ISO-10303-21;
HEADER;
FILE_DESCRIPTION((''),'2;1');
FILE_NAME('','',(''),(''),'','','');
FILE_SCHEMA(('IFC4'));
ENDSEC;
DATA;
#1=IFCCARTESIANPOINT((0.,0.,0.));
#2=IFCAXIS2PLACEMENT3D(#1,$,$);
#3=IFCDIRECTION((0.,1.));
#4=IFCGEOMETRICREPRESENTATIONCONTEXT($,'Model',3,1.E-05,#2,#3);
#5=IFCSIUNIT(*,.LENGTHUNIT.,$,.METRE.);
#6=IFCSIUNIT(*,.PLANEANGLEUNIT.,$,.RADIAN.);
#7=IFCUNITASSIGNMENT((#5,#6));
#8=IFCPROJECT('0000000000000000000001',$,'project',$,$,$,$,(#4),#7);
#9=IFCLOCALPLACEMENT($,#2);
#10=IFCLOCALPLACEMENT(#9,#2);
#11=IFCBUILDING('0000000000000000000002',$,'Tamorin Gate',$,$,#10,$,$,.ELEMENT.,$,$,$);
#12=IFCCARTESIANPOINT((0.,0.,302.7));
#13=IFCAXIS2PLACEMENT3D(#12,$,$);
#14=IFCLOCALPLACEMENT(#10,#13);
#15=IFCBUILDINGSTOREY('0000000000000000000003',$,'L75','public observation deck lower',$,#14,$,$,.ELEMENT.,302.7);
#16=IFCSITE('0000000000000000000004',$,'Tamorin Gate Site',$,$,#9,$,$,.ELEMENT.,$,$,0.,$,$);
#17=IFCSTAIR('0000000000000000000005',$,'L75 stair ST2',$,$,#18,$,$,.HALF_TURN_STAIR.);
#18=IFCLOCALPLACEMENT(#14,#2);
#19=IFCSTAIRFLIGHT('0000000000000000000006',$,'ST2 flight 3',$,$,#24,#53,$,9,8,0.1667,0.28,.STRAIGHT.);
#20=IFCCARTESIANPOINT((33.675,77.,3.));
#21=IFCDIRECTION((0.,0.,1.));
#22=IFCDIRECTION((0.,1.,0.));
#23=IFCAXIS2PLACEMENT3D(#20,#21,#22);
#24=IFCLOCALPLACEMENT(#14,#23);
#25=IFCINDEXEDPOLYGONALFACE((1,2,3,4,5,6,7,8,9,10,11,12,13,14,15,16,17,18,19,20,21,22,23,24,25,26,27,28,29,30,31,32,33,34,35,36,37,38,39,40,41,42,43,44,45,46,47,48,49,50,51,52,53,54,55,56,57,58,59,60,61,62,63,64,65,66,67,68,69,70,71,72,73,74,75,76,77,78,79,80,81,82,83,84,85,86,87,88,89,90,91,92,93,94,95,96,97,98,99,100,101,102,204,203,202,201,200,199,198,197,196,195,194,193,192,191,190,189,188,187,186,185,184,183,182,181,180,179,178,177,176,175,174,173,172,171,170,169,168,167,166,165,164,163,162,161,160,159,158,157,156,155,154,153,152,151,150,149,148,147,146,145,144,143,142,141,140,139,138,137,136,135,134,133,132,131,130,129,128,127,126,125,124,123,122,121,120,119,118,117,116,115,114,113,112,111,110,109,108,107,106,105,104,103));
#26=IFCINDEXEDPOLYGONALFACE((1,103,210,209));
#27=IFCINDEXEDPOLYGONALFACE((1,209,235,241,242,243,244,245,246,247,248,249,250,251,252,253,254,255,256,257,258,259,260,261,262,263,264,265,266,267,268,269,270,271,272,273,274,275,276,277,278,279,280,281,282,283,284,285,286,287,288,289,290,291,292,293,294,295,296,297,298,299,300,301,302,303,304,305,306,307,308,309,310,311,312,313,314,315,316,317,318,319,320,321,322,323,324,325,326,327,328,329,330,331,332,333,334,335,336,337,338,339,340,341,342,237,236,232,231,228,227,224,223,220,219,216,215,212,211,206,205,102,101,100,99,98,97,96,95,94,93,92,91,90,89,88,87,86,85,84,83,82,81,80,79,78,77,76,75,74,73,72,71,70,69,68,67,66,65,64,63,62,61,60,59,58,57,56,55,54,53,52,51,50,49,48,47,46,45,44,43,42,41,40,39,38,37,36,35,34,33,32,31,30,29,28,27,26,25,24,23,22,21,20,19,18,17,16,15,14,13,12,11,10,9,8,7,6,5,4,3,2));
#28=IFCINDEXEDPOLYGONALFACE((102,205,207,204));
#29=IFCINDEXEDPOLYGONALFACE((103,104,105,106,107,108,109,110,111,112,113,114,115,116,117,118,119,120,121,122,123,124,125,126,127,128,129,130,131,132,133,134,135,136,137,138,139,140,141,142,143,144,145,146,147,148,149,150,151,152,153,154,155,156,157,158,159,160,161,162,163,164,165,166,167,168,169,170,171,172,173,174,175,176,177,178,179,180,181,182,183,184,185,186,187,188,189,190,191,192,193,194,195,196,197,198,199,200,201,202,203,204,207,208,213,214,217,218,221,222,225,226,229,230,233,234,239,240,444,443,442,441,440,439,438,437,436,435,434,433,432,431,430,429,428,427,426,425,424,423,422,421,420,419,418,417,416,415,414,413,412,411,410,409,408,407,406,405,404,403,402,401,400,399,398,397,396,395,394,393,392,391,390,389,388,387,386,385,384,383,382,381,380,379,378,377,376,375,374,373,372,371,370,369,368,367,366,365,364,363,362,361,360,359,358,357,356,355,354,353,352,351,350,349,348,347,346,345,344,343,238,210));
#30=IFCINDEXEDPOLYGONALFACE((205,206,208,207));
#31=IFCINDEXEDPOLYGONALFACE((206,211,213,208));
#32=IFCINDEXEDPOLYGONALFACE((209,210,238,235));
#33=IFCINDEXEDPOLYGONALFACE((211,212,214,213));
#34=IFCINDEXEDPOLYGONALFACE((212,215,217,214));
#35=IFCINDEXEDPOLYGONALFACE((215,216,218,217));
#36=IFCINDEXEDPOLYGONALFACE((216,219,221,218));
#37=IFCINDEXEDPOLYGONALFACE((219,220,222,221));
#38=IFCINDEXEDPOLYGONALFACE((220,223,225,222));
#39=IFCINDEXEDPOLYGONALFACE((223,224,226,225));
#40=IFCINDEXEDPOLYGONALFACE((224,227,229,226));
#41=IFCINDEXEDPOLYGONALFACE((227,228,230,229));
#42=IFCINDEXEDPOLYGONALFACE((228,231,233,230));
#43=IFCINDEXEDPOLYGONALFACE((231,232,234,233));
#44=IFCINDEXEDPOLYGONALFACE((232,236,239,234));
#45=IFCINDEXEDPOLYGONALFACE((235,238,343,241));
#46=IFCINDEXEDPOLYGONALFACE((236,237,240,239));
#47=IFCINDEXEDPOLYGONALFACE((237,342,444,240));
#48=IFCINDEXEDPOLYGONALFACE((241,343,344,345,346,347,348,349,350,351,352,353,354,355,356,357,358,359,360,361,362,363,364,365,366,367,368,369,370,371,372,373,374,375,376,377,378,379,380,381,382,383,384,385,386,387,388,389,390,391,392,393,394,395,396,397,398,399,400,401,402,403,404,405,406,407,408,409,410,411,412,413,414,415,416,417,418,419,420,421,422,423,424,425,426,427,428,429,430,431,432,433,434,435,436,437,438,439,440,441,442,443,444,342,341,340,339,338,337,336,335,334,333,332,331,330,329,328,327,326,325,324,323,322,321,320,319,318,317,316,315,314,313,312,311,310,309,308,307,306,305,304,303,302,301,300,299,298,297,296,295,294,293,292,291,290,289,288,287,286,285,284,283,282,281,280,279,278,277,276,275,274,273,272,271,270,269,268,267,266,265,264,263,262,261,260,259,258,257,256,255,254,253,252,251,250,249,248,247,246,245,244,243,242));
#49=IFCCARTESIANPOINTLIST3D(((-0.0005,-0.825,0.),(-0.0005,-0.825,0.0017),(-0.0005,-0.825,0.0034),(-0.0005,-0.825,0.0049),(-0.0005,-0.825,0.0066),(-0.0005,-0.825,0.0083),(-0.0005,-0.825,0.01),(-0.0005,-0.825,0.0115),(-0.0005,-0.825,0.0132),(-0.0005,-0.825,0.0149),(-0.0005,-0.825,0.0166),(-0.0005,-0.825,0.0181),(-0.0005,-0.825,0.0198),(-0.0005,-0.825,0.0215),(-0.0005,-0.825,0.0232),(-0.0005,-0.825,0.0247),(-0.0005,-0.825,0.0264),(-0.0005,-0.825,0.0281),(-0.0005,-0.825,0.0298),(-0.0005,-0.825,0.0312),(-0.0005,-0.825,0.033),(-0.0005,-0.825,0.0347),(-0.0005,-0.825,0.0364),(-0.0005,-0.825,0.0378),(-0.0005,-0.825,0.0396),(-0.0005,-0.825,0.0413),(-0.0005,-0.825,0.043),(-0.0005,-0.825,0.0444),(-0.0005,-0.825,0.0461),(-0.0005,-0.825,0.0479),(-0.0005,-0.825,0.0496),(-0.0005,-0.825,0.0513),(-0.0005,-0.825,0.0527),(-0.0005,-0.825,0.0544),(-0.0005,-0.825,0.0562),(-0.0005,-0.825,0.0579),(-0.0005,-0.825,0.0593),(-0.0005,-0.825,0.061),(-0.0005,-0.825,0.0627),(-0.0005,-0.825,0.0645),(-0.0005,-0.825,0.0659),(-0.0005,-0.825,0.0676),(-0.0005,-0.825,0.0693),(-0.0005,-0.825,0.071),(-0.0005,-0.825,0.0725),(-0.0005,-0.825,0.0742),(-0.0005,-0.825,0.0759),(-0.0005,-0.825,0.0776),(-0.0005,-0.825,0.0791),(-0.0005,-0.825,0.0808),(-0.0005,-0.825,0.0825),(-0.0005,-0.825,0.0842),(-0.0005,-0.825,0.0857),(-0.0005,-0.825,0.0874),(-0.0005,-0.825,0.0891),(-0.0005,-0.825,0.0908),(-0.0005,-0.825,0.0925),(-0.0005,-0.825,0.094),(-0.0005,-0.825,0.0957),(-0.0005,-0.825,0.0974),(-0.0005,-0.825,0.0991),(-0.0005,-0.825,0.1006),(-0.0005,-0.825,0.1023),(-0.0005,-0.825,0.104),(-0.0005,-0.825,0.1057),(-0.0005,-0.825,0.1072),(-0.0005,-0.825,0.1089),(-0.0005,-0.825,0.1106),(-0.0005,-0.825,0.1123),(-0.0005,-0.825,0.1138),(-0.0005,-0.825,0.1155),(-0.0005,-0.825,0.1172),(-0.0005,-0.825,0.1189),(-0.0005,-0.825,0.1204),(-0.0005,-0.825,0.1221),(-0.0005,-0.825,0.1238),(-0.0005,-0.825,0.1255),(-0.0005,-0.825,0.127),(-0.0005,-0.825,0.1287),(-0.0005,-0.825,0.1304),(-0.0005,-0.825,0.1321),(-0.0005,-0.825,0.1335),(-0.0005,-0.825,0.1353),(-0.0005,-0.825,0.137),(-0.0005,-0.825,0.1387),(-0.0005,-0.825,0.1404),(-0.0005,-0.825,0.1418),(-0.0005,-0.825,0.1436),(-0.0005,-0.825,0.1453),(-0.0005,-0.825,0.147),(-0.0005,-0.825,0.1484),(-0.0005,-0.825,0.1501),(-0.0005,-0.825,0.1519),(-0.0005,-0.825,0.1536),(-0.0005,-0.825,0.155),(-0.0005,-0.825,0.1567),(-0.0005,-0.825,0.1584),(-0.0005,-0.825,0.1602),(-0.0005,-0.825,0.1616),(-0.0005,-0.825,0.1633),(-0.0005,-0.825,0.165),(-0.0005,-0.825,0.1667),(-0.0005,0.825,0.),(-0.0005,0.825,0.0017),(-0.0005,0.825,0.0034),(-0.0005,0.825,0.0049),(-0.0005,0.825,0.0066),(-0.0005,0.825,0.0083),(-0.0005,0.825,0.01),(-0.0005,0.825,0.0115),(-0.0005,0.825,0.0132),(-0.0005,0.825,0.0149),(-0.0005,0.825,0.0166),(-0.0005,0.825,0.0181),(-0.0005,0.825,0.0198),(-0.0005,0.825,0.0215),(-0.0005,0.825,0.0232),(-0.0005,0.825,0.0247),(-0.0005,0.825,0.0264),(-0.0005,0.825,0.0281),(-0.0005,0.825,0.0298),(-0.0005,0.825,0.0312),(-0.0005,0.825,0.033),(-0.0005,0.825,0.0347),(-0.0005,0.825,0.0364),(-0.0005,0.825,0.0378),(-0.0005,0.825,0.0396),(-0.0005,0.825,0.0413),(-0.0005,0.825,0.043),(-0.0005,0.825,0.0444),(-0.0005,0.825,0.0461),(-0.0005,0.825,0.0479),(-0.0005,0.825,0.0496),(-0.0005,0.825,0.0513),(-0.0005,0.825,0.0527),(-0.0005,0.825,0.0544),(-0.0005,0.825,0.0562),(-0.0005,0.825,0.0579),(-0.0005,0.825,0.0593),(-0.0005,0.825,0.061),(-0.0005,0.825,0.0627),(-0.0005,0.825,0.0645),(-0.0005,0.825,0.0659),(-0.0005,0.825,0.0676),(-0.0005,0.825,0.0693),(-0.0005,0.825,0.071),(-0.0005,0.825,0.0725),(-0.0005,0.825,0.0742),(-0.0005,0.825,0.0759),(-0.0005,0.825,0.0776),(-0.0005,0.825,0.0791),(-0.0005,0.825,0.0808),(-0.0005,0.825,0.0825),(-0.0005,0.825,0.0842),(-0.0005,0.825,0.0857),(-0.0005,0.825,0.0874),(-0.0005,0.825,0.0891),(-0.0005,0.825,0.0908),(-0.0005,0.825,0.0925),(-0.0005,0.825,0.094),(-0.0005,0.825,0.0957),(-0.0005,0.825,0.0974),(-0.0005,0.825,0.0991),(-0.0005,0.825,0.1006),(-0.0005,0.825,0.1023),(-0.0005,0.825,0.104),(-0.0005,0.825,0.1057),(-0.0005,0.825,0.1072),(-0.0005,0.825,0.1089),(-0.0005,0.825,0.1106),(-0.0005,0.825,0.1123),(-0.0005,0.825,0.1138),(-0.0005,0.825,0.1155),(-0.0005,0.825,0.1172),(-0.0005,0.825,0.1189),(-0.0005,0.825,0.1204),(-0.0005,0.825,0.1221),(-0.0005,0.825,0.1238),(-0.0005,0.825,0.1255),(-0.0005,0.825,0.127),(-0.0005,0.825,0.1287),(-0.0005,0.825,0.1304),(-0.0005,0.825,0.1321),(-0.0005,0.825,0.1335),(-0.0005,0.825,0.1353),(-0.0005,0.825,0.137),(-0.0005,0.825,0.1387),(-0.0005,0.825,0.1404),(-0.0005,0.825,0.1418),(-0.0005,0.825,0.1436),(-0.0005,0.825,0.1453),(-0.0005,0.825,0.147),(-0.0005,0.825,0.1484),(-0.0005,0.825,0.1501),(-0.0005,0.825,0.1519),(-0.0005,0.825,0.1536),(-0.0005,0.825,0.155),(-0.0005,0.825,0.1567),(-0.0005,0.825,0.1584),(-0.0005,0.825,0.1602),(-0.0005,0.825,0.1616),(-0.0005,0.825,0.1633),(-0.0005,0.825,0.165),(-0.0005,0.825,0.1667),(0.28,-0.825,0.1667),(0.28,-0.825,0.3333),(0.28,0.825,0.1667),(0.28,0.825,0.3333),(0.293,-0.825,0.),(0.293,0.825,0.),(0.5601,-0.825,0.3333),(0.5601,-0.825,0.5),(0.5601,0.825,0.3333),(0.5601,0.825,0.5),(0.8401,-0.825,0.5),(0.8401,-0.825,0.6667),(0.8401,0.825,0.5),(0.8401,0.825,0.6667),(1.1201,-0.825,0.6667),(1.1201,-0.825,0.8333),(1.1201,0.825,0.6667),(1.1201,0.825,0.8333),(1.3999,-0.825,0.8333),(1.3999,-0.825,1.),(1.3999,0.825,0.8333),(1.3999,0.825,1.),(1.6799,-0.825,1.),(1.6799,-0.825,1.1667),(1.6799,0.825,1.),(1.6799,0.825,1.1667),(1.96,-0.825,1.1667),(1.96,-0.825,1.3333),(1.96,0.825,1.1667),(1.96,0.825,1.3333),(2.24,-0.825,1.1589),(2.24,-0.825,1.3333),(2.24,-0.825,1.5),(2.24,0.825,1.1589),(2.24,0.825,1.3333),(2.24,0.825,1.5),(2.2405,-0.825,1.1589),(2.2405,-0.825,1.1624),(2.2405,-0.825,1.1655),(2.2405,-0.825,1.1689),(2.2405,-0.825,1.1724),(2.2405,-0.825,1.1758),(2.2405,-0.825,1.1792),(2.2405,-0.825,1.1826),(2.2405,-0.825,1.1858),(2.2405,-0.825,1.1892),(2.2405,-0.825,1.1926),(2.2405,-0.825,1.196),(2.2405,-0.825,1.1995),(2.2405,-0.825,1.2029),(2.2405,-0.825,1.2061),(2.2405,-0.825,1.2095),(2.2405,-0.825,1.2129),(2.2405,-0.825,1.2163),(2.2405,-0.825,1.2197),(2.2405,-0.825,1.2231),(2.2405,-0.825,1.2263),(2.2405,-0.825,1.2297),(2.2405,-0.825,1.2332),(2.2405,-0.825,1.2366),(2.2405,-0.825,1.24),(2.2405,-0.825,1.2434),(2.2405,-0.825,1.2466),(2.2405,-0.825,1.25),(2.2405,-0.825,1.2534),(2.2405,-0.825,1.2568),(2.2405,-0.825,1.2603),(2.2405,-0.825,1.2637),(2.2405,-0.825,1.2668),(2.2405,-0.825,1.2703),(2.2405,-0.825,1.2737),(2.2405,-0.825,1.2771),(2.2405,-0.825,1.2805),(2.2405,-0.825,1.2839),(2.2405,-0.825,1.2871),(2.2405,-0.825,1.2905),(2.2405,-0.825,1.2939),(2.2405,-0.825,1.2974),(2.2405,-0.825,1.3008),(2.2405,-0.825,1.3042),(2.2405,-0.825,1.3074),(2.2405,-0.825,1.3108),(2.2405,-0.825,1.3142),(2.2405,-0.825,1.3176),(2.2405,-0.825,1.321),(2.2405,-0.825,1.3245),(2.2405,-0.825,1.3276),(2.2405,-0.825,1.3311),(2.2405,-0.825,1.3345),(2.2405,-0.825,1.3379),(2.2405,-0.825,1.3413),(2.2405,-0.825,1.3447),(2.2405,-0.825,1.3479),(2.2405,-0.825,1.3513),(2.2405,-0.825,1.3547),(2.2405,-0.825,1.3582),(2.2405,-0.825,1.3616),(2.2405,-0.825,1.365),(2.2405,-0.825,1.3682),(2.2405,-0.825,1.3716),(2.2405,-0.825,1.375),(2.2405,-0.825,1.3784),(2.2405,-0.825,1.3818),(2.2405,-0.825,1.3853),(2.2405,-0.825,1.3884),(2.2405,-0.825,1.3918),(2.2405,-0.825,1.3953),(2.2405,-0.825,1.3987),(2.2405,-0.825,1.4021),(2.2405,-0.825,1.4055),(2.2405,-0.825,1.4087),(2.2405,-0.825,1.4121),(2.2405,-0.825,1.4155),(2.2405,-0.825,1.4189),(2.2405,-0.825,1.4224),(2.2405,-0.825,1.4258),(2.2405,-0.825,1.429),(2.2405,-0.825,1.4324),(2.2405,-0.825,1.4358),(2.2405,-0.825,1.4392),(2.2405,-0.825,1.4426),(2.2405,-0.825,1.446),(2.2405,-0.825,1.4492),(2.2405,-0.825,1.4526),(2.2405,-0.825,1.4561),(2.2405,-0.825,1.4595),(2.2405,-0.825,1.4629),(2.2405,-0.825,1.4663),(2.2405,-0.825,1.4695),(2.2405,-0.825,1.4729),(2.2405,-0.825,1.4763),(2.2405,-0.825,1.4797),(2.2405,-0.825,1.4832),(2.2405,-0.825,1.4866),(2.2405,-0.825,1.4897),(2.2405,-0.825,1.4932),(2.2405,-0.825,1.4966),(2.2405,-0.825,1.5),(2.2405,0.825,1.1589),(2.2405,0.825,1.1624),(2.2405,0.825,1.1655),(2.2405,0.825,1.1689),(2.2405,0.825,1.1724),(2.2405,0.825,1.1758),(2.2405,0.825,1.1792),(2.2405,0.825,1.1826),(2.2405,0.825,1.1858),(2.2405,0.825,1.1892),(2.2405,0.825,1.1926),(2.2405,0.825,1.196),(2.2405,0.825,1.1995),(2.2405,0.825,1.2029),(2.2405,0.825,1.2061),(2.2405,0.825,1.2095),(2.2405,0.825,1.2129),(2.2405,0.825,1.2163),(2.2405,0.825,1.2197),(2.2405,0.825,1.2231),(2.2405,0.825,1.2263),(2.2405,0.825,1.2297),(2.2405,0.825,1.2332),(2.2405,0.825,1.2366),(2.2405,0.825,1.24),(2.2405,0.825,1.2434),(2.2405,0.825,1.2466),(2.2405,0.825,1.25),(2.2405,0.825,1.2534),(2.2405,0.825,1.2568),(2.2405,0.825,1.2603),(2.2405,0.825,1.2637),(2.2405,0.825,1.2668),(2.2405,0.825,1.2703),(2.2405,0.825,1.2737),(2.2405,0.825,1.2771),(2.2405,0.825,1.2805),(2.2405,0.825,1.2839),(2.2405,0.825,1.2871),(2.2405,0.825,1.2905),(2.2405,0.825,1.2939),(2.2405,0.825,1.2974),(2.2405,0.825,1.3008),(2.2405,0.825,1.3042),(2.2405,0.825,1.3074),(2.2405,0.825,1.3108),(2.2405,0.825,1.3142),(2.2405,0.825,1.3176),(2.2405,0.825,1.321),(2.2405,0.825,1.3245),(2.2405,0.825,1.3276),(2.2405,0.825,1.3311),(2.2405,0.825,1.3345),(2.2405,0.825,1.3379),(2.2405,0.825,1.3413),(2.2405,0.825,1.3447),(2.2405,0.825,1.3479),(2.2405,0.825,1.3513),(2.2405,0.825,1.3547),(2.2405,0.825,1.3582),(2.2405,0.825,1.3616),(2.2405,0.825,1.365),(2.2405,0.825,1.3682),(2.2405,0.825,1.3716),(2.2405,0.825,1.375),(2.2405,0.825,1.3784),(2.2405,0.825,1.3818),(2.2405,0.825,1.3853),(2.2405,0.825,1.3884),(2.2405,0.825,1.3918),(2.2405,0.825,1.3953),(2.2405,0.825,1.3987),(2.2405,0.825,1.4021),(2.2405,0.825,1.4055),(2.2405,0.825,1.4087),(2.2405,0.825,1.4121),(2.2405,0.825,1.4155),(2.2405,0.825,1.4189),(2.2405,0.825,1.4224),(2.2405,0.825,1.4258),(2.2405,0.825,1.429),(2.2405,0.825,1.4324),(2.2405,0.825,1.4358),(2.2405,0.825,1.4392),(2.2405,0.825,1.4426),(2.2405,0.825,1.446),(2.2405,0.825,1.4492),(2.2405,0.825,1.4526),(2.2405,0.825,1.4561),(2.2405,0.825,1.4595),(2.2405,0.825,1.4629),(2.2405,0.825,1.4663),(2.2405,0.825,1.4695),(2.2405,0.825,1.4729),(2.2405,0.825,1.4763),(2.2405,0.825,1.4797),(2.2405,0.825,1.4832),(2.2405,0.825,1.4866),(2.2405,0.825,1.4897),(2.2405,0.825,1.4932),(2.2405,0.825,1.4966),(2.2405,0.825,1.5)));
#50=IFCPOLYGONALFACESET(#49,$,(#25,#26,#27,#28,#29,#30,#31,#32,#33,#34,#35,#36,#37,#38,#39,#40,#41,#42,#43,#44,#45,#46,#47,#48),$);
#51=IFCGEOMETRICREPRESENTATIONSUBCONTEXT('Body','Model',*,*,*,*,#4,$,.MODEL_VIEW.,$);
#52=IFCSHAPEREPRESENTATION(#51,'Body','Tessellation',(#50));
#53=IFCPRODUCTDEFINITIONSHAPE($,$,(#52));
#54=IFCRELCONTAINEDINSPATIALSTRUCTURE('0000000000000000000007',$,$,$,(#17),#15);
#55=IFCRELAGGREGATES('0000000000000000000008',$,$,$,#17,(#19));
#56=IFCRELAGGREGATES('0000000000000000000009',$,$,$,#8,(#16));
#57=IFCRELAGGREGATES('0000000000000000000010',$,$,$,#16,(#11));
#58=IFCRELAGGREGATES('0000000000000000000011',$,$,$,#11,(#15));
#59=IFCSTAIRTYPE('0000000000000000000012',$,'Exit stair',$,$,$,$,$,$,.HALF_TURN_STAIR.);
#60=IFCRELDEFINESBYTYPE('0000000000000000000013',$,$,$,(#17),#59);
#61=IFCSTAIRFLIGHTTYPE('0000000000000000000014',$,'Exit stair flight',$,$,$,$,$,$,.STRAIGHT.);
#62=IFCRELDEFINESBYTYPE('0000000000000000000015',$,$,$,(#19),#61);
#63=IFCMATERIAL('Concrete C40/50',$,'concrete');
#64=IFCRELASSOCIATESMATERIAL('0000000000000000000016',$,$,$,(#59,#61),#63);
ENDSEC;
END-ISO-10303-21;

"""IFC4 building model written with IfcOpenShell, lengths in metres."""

from ifc_helpers import new_model, si_unit, direction, frame, origin, place, context, subcontext, project, spatial, polyline, outline, extrude, material, type_object, element, aggregate, save


model = new_model("IFC4")

# Units and contexts
model_context = context("Model", 3, precision=1e-05, world=origin(), true_north=direction((0.0, 1.0)))
body_context = subcontext(model_context, "Body", "Model", "MODEL_VIEW")
ifc_project = project(units=[si_unit("LENGTHUNIT", "METRE"), si_unit("PLANEANGLEUNIT", "RADIAN")], contexts=[model_context])

# Site, building, storey
site_placement = place(None, origin())
site = spatial("IfcSite", under=ifc_project, at=site_placement, Name="Tamorin Gate Site", CompositionType="ELEMENT", RefElevation=0.0)
building_placement = place(site_placement, origin())
building = spatial("IfcBuilding", under=site, at=building_placement, Name="Tamorin Gate", CompositionType="ELEMENT")
storey_placement = place(building_placement, frame((0.0, 0.0, 302.7)))
storey = spatial("IfcBuildingStorey", under=building, at=storey_placement, Name="L75", Description="public observation deck lower", CompositionType="ELEMENT", Elevation=302.7)

# Shared definitions
ifc_material_1 = material(Name="Concrete C40/50", Category="concrete")

# Stair, stair flight
stair_type = type_object("IfcStairType", Name="Exit stair", PredefinedType="HALF_TURN_STAIR", material=ifc_material_1)
stair_placement = place(storey_placement, origin())
stair = element("IfcStair", 1, at=stair_placement, inside=storey, type_object=stair_type, Name="L75 stair ST2", PredefinedType="HALF_TURN_STAIR")
stair_flight_type = type_object("IfcStairFlightType", Name="Exit stair flight", PredefinedType="STRAIGHT", material=ifc_material_1)
stair_flight_1_placement = place(storey_placement, frame((33.675, 77.0, 3.0), z_axis=(0.0, 0.0, 1.0), x_axis=(0.0, 1.0, 0.0)))
stair_flight_1 = element("IfcStairFlight", 2, at=stair_flight_1_placement, type_object=stair_flight_type, Name="ST2 flight 3", NumberOfRisers=9, NumberOfTreads=8, PredefinedType="STRAIGHT", RiserHeight=0.1667, TreadLength=0.28, context=body_context, shape_type="SweptSolid", body=[
    extrude(outline(polyline([(-0.0005, 0.0), (-0.0005, 0.0017), (-0.0005, 0.0034), (-0.0005, 0.0049), (-0.0005, 0.0066), (-0.0005, 0.0083), (-0.0005, 0.01), (-0.0005, 0.0115), (-0.0005, 0.0132), (-0.0005, 0.0149), (-0.0005, 0.0166), (-0.0005, 0.0181), (-0.0005, 0.0198), (-0.0005, 0.0215), (-0.0005, 0.0232), (-0.0005, 0.0247), (-0.0005, 0.0264), (-0.0005, 0.0281), (-0.0005, 0.0298), (-0.0005, 0.0312), (-0.0005, 0.033), (-0.0005, 0.0347), (-0.0005, 0.0364), (-0.0005, 0.0378), (-0.0005, 0.0396), (-0.0005, 0.0413), (-0.0005, 0.043), (-0.0005, 0.0444), (-0.0005, 0.0461), (-0.0005, 0.0479), (-0.0005, 0.0496), (-0.0005, 0.0513), (-0.0005, 0.0527), (-0.0005, 0.0544), (-0.0005, 0.0562), (-0.0005, 0.0579), (-0.0005, 0.0593), (-0.0005, 0.061), (-0.0005, 0.0627), (-0.0005, 0.0645), (-0.0005, 0.0659), (-0.0005, 0.0676), (-0.0005, 0.0693), (-0.0005, 0.071), (-0.0005, 0.0725), (-0.0005, 0.0742), (-0.0005, 0.0759), (-0.0005, 0.0776), (-0.0005, 0.0791), (-0.0005, 0.0808), (-0.0005, 0.0825), (-0.0005, 0.0842), (-0.0005, 0.0857), (-0.0005, 0.0874), (-0.0005, 0.0891), (-0.0005, 0.0908), (-0.0005, 0.0925), (-0.0005, 0.094), (-0.0005, 0.0957), (-0.0005, 0.0974), (-0.0005, 0.0991), (-0.0005, 0.1006), (-0.0005, 0.1023), (-0.0005, 0.104), (-0.0005, 0.1057), (-0.0005, 0.1072), (-0.0005, 0.1089), (-0.0005, 0.1106), (-0.0005, 0.1123), (-0.0005, 0.1138), (-0.0005, 0.1155), (-0.0005, 0.1172), (-0.0005, 0.1189), (-0.0005, 0.1204), (-0.0005, 0.1221), (-0.0005, 0.1238), (-0.0005, 0.1255), (-0.0005, 0.127), (-0.0005, 0.1287), (-0.0005, 0.1304), (-0.0005, 0.1321), (-0.0005, 0.1335), (-0.0005, 0.1353), (-0.0005, 0.137), (-0.0005, 0.1387), (-0.0005, 0.1404), (-0.0005, 0.1418), (-0.0005, 0.1436), (-0.0005, 0.1453), (-0.0005, 0.147), (-0.0005, 0.1484), (-0.0005, 0.1501), (-0.0005, 0.1519), (-0.0005, 0.1536), (-0.0005, 0.155), (-0.0005, 0.1567), (-0.0005, 0.1584), (-0.0005, 0.1602), (-0.0005, 0.1616), (-0.0005, 0.1633), (-0.0005, 0.165), (-0.0005, 0.1667), (0.28, 0.1667), (0.28, 0.3333), (0.5601, 0.3333), (0.5601, 0.5), (0.8401, 0.5), (0.8401, 0.6667), (1.1201, 0.6667), (1.1201, 0.8333), (1.3999, 0.8333), (1.3999, 1.0), (1.6799, 1.0), (1.6799, 1.1667), (1.96, 1.1667), (1.96, 1.3333), (2.24, 1.3333), (2.24, 1.5), (2.2405, 1.5), (2.2405, 1.4966), (2.2405, 1.4932), (2.2405, 1.4897), (2.2405, 1.4866), (2.2405, 1.4832), (2.2405, 1.4797), (2.2405, 1.4763), (2.2405, 1.4729), (2.2405, 1.4695), (2.2405, 1.4663), (2.2405, 1.4629), (2.2405, 1.4595), (2.2405, 1.4561), (2.2405, 1.4526), (2.2405, 1.4492), (2.2405, 1.446), (2.2405, 1.4426), (2.2405, 1.4392), (2.2405, 1.4358), (2.2405, 1.4324), (2.2405, 1.429), (2.2405, 1.4258), (2.2405, 1.4224), (2.2405, 1.4189), (2.2405, 1.4155), (2.2405, 1.4121), (2.2405, 1.4087), (2.2405, 1.4055), (2.2405, 1.4021), (2.2405, 1.3987), (2.2405, 1.3953), (2.2405, 1.3918), (2.2405, 1.3884), (2.2405, 1.3853), (2.2405, 1.3818), (2.2405, 1.3784), (2.2405, 1.375), (2.2405, 1.3716), (2.2405, 1.3682), (2.2405, 1.365), (2.2405, 1.3616), (2.2405, 1.3582), (2.2405, 1.3547), (2.2405, 1.3513), (2.2405, 1.3479), (2.2405, 1.3447), (2.2405, 1.3413), (2.2405, 1.3379), (2.2405, 1.3345), (2.2405, 1.3311), (2.2405, 1.3276), (2.2405, 1.3245), (2.2405, 1.321), (2.2405, 1.3176), (2.2405, 1.3142), (2.2405, 1.3108), (2.2405, 1.3074), (2.2405, 1.3042), (2.2405, 1.3008), (2.2405, 1.2974), (2.2405, 1.2939), (2.2405, 1.2905), (2.2405, 1.2871), (2.2405, 1.2839), (2.2405, 1.2805), (2.2405, 1.2771), (2.2405, 1.2737), (2.2405, 1.2703), (2.2405, 1.2668), (2.2405, 1.2637), (2.2405, 1.2603), (2.2405, 1.2568), (2.2405, 1.2534), (2.2405, 1.25), (2.2405, 1.2466), (2.2405, 1.2434), (2.2405, 1.24), (2.2405, 1.2366), (2.2405, 1.2332), (2.2405, 1.2297), (2.2405, 1.2263), (2.2405, 1.2231), (2.2405, 1.2197), (2.2405, 1.2163), (2.2405, 1.2129), (2.2405, 1.2095), (2.2405, 1.2061), (2.2405, 1.2029), (2.2405, 1.1995), (2.2405, 1.196), (2.2405, 1.1926), (2.2405, 1.1892), (2.2405, 1.1858), (2.2405, 1.1826), (2.2405, 1.1792), (2.2405, 1.1758), (2.2405, 1.1724), (2.2405, 1.1689), (2.2405, 1.1655), (2.2405, 1.1624), (2.2405, 1.1589), (2.24, 1.1589), (0.293, 0.0), (-0.0005, 0.0)])), frame((0.0, 0.825, 0.0), z_axis=(0.0, -1.0, 0.0), x_axis=(1.0, 0.0, 0.0)), (0.0, 0.0, 1.0), 1.6499),
])
aggregate(stair, [stair_flight_1])

save(model, "model.ifc")
